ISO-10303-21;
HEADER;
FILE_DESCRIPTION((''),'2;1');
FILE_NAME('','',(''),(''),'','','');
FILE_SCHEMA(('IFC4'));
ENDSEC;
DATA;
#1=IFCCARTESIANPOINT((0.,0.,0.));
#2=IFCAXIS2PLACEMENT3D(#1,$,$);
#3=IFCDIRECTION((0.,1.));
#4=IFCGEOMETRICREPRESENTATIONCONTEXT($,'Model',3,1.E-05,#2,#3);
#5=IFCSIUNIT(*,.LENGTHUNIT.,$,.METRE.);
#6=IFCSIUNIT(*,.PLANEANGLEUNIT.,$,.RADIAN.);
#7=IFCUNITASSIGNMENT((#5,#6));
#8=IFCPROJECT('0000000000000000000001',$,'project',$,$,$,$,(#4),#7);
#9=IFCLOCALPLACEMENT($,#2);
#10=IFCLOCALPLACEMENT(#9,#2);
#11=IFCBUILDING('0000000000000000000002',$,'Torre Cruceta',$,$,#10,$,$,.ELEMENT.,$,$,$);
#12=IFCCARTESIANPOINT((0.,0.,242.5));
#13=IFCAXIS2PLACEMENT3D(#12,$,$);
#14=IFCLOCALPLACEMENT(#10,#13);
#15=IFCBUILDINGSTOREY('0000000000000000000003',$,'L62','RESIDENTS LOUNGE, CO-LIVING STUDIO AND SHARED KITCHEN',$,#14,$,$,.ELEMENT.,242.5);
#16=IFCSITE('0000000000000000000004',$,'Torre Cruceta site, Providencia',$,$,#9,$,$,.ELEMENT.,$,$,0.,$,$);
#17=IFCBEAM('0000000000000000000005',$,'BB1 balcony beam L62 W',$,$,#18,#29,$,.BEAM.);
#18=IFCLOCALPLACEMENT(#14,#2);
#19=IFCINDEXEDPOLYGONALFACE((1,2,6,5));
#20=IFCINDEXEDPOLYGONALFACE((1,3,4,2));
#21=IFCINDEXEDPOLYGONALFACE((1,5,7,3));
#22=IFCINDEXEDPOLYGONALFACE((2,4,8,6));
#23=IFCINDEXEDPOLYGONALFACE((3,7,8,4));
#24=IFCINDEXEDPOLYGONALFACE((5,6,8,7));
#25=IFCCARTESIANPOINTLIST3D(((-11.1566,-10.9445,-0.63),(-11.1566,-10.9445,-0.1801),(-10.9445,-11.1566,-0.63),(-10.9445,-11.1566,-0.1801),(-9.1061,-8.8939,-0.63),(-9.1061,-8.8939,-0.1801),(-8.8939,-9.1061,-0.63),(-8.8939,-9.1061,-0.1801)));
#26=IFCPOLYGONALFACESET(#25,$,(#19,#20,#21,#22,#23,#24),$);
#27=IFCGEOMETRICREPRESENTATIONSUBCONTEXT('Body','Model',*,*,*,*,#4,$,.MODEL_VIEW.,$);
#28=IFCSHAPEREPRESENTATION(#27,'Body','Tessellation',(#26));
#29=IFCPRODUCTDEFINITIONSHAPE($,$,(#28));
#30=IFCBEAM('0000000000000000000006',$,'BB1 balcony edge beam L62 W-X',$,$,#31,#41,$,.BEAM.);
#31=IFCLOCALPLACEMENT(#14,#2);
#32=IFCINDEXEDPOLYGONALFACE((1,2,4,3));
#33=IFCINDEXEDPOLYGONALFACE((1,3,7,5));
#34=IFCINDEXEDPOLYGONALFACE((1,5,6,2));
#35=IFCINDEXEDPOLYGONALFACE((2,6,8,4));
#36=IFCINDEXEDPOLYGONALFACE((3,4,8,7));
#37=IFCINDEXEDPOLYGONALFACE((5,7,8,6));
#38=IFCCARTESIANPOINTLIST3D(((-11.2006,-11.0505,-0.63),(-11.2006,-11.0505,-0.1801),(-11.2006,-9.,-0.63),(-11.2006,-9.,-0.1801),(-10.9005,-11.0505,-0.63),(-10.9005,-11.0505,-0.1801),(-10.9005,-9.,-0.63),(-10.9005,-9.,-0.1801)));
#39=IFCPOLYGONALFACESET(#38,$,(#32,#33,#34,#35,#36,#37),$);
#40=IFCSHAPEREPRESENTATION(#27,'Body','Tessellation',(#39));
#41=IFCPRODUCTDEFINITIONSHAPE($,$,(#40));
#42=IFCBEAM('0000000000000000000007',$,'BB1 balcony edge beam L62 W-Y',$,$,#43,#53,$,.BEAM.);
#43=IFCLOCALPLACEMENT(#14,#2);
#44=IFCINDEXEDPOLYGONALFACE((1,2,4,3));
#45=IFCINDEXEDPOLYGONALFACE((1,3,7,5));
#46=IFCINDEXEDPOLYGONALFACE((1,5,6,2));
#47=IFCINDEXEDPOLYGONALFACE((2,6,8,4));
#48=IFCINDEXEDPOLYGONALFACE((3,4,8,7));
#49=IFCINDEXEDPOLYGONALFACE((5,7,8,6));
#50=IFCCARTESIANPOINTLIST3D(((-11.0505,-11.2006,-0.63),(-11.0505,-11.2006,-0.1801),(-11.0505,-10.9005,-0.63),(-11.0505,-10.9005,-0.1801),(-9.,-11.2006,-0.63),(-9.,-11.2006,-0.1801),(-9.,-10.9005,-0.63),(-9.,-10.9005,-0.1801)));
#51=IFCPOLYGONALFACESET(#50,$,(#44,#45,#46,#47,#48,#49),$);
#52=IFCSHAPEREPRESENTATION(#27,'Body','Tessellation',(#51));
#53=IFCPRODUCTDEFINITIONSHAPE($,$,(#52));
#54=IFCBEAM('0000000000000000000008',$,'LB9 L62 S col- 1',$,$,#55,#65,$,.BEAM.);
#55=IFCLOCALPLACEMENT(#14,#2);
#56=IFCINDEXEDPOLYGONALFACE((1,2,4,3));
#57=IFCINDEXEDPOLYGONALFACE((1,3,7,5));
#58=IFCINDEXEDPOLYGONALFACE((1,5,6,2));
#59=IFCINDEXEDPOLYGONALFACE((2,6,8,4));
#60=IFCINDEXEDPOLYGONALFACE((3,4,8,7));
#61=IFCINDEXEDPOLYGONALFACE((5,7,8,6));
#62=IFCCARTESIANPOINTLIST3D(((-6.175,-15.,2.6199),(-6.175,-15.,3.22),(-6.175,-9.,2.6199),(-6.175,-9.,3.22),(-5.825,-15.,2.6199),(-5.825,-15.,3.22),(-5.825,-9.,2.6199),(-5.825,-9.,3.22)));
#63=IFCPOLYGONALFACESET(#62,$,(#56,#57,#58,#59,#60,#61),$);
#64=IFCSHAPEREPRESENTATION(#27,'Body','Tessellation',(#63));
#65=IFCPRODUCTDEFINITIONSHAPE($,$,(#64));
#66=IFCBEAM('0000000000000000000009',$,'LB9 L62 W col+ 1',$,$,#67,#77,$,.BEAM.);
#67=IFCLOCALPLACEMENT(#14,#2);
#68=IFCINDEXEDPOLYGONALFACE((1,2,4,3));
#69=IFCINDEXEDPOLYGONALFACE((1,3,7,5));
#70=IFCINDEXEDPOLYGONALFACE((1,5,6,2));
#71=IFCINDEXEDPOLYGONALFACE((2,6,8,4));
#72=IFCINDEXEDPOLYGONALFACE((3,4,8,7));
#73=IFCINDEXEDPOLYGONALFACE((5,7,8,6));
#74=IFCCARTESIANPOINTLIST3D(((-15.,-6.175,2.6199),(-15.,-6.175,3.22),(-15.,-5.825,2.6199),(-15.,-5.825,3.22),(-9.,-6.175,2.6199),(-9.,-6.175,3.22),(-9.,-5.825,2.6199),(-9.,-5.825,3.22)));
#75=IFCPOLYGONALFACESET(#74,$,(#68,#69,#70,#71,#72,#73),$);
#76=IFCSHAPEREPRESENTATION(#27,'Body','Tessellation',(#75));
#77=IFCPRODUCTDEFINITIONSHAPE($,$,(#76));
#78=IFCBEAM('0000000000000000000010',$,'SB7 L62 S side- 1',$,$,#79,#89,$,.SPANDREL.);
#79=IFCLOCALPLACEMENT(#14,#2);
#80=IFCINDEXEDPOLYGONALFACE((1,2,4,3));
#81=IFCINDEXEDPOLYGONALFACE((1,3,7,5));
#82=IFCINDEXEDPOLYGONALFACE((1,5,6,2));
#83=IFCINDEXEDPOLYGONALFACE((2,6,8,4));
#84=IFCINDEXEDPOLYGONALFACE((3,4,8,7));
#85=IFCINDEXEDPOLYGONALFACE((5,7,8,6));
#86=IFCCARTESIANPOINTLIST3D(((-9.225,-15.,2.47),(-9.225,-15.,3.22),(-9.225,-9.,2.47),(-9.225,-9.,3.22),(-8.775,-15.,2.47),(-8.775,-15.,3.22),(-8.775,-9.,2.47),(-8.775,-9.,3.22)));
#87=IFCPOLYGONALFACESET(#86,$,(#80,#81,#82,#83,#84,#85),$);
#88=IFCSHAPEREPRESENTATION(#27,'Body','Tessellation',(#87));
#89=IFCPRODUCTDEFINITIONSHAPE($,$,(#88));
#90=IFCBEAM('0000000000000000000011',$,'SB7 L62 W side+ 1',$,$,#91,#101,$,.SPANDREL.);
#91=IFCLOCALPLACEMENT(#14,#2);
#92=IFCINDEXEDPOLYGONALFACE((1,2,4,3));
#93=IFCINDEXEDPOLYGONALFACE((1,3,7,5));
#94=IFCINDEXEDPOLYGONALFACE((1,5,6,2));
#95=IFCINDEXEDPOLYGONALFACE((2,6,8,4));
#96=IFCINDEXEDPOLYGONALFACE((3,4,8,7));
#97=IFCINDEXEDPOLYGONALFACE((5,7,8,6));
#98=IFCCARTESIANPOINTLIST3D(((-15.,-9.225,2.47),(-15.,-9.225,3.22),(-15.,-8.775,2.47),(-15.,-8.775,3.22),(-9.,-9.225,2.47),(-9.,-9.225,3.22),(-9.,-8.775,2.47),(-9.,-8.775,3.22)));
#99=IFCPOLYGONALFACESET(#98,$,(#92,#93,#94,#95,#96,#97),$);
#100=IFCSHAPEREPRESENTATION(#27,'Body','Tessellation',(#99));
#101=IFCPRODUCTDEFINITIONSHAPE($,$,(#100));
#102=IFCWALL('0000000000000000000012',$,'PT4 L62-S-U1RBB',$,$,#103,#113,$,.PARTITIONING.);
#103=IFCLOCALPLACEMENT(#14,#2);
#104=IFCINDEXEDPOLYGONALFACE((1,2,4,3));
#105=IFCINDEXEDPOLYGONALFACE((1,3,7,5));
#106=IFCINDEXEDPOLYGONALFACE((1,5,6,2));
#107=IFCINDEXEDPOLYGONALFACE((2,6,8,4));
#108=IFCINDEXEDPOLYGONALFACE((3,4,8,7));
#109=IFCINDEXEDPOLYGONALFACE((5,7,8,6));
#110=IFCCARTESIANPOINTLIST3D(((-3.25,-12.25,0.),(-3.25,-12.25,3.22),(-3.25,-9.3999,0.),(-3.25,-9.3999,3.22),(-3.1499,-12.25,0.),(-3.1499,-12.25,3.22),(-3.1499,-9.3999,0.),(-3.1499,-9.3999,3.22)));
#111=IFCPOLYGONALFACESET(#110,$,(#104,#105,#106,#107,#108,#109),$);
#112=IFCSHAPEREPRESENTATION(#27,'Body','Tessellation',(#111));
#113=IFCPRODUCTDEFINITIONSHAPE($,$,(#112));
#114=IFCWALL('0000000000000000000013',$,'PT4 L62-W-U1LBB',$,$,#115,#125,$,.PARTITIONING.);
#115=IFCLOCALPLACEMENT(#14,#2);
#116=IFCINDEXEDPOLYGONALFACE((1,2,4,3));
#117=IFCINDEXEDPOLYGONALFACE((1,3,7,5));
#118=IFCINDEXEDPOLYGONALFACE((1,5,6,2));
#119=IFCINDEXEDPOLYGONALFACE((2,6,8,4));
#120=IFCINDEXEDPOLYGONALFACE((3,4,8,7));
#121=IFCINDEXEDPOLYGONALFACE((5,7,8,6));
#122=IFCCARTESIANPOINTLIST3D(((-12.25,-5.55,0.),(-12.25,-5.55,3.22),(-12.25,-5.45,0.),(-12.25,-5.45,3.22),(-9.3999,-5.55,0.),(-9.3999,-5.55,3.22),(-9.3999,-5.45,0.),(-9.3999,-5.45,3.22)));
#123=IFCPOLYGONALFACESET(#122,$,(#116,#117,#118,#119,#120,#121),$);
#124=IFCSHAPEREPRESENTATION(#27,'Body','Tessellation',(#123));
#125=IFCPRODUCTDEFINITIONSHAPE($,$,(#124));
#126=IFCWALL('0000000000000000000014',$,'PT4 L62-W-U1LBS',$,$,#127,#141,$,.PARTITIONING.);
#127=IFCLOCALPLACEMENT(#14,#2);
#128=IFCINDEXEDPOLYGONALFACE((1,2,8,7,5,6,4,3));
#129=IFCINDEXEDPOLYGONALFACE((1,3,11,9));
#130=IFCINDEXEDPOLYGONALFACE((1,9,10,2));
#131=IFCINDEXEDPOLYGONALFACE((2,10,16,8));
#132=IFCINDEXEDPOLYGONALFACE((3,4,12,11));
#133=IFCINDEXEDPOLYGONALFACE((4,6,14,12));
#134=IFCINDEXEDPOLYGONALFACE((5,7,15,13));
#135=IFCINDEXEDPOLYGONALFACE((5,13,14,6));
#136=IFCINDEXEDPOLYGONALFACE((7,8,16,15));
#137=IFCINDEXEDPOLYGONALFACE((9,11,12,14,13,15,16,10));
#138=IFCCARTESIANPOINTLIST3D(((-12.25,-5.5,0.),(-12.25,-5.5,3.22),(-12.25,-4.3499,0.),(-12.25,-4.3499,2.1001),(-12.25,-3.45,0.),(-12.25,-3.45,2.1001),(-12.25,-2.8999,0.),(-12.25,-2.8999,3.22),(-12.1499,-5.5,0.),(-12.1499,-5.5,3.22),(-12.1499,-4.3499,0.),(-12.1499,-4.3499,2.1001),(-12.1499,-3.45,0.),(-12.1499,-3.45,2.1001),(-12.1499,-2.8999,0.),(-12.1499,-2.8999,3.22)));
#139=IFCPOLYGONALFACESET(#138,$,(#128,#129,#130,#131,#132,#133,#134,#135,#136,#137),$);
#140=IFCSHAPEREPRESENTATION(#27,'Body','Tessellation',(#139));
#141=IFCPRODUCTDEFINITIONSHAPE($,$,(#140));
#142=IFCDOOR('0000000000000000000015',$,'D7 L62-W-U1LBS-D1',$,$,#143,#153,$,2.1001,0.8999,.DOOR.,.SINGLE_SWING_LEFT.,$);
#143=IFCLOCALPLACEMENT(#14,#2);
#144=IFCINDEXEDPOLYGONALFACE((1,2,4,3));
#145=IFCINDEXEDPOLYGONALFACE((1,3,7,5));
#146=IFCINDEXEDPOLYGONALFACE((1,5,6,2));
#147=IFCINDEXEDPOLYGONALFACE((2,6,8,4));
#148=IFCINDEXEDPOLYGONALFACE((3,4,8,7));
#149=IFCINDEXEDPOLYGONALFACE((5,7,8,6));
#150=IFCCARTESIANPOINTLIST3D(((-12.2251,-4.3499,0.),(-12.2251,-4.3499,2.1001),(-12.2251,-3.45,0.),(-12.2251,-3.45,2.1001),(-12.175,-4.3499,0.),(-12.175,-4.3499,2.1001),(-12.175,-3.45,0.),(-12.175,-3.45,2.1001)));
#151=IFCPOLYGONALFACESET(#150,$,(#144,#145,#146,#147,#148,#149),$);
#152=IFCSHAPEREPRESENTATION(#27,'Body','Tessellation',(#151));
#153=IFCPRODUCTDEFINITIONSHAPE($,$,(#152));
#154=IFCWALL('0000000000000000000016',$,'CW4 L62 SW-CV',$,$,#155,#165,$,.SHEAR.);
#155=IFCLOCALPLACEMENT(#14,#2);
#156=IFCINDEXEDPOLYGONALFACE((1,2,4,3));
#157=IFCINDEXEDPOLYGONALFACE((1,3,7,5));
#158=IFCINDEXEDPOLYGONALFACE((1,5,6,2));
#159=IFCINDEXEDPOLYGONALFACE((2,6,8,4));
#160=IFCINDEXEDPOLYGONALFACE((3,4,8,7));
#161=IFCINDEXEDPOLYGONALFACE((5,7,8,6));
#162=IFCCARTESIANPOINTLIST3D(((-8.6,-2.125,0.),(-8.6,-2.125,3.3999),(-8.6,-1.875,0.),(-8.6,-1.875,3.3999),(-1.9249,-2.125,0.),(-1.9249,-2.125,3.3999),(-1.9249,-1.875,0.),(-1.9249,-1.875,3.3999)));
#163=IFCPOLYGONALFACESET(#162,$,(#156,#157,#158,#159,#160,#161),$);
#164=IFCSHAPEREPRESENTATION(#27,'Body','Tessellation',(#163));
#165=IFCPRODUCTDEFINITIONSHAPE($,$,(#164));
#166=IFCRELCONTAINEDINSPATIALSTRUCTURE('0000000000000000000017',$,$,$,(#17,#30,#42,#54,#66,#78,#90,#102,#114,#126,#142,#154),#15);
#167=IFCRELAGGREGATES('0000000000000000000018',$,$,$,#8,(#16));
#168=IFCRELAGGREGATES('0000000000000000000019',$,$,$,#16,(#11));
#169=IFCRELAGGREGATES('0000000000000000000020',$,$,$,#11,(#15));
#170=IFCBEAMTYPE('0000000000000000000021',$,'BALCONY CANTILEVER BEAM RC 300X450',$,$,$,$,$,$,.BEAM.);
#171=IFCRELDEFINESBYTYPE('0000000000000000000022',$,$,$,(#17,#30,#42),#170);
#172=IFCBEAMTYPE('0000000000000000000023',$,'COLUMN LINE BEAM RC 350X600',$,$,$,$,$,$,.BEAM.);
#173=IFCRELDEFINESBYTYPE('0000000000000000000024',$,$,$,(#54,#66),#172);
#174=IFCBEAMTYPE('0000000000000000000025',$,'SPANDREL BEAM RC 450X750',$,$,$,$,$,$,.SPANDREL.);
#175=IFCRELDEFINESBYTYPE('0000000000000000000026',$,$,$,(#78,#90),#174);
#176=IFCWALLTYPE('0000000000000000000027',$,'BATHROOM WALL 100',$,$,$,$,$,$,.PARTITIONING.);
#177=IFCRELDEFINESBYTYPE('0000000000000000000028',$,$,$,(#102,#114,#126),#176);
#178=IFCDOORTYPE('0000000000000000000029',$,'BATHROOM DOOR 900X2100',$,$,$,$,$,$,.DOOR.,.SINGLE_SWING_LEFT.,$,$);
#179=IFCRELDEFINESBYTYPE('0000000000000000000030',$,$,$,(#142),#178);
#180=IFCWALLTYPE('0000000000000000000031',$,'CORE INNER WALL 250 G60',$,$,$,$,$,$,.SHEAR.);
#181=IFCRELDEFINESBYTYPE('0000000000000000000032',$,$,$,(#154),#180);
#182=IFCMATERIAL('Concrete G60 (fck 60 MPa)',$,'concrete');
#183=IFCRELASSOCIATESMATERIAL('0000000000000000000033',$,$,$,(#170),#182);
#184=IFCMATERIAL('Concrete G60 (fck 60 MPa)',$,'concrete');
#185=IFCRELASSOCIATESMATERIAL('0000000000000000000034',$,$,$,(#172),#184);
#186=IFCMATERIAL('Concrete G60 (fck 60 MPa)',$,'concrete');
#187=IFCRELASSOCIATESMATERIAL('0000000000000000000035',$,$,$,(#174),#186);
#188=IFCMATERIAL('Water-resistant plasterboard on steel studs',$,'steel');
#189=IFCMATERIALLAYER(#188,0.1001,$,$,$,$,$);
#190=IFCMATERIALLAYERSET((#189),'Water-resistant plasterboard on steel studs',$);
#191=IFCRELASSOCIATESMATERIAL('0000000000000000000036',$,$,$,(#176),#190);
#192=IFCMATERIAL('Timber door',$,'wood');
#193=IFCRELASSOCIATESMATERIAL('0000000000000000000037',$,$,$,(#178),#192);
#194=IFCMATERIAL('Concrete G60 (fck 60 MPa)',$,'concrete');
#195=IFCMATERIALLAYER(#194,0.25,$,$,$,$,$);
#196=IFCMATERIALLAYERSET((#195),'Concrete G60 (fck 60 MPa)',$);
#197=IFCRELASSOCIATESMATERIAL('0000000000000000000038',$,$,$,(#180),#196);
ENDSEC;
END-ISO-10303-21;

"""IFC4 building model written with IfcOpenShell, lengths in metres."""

from ifc_helpers import new_model, si_unit, direction, frame, frame_2d, origin, origin_2d, place, context, subcontext, project, spatial, rectangle, extrude, material, layer, layer_set, material_profile, profile_set, type_object, element, fill, save


model = new_model("IFC4")

# Units and contexts
model_context = context("Model", 3, precision=1e-05, world=origin(), true_north=direction((0.0, 1.0)))
body_context = subcontext(model_context, "Body", "Model", "MODEL_VIEW")
ifc_project = project(units=[si_unit("LENGTHUNIT", "METRE"), si_unit("PLANEANGLEUNIT", "RADIAN")], contexts=[model_context])

# Site, building, storey
site_placement = place(None, origin())
site = spatial("IfcSite", under=ifc_project, at=site_placement, Name="Torre Cruceta site, Providencia", CompositionType="ELEMENT", RefElevation=0.0)
building_placement = place(site_placement, origin())
building = spatial("IfcBuilding", under=site, at=building_placement, Name="Torre Cruceta", CompositionType="ELEMENT")
storey_placement = place(building_placement, frame((0.0, 0.0, 242.5)))
storey = spatial("IfcBuildingStorey", under=building, at=storey_placement, Name="L62", Description="RESIDENTS LOUNGE, CO-LIVING STUDIO AND SHARED KITCHEN", CompositionType="ELEMENT", Elevation=242.5)

# Beams
ifc_material_1 = material(Name="Concrete G60 (fck 60 MPa)", Category="concrete")
ifc_material_profile_1 = material_profile(ifc_material_1, rectangle(XDim=0.3, YDim=0.45, at=origin_2d()), Name="RC 300X450")
ifc_profile_set_1 = profile_set([ifc_material_profile_1], Name="Concrete G60 (fck 60 MPa)")
beam_type_1 = type_object("IfcBeamType", Name="BALCONY CANTILEVER BEAM RC 300X450", PredefinedType="BEAM", material=ifc_profile_set_1)
beam_placement = place(storey_placement, frame((-9.0, -9.0, -0.405), z_axis=(-0.707107, -0.707107, 0.0), x_axis=(0.707107, -0.707107, 0.0)))
element("IfcBeam", 1, at=beam_placement, inside=storey, type_object=beam_type_1, Name="BB1 balcony beam L62 W", PredefinedType="BEAM", context=body_context, shape_type="SweptSolid", body=[
    extrude(rectangle(XDim=0.3, YDim=0.45, at=origin_2d()), origin(), (0.0, 0.0, 1.0), 2.8999),
])
for number, where, z_axis, x_axis, name in (
    (2, (-11.0505, -9.0, -0.405), (0.0, -1.0, 0.0), (1.0, 0.0, 0.0), "BB1 balcony edge beam L62 W-X"),
    (3, (-9.0, -11.0505, -0.405), (-1.0, 0.0, 0.0), (0.0, -1.0, 0.0), "BB1 balcony edge beam L62 W-Y"),
):
    element("IfcBeam", number, at=place(storey_placement, frame(where, z_axis=z_axis, x_axis=x_axis)), inside=storey, type_object=beam_type_1, Name=name, PredefinedType="BEAM", context=body_context, shape_type="SweptSolid", body=[
        extrude(rectangle(XDim=0.3, YDim=0.45, at=origin_2d()), origin(), (0.0, 0.0, 1.0), 2.0505),
    ])
ifc_material_2 = material(Name="Concrete G60 (fck 60 MPa)", Category="concrete")
ifc_material_profile_2 = material_profile(ifc_material_2, rectangle(XDim=0.3501, YDim=0.6001, at=origin_2d()), Name="RC 350X600")
ifc_profile_set_2 = profile_set([ifc_material_profile_2], Name="Concrete G60 (fck 60 MPa)")
beam_type_2 = type_object("IfcBeamType", Name="COLUMN LINE BEAM RC 350X600", PredefinedType="BEAM", material=ifc_profile_set_2)
for number, where, z_axis, x_axis, name in (
    (4, (-6.0, -9.0, 2.9199), (0.0, -1.0, 0.0), (1.0, 0.0, 0.0), "LB9 L62 S col- 1"),
    (5, (-9.0, -6.0, 2.9199), (-1.0, 0.0, 0.0), (0.0, -1.0, 0.0), "LB9 L62 W col+ 1"),
):
    element("IfcBeam", number, at=place(storey_placement, frame(where, z_axis=z_axis, x_axis=x_axis)), inside=storey, type_object=beam_type_2, Name=name, PredefinedType="BEAM", context=body_context, shape_type="SweptSolid", body=[
        extrude(rectangle(XDim=0.3501, YDim=0.6001, at=origin_2d()), origin(), (0.0, 0.0, 1.0), 6.0),
    ])
ifc_material_3 = material(Name="Concrete G60 (fck 60 MPa)", Category="concrete")
ifc_material_profile_3 = material_profile(ifc_material_3, rectangle(XDim=0.45, YDim=0.75, at=origin_2d()), Name="RC 450X750")
ifc_profile_set_3 = profile_set([ifc_material_profile_3], Name="Concrete G60 (fck 60 MPa)")
beam_type_3 = type_object("IfcBeamType", Name="SPANDREL BEAM RC 450X750", PredefinedType="SPANDREL", material=ifc_profile_set_3)
for number, where, z_axis, x_axis, name in (
    (6, (-9.0, -9.0, 2.845), (0.0, -1.0, 0.0), (1.0, 0.0, 0.0), "SB7 L62 S side- 1"),
    (7, (-9.0, -9.0, 2.845), (-1.0, 0.0, 0.0), (0.0, -1.0, 0.0), "SB7 L62 W side+ 1"),
):
    element("IfcBeam", number, at=place(storey_placement, frame(where, z_axis=z_axis, x_axis=x_axis)), inside=storey, type_object=beam_type_3, Name=name, PredefinedType="SPANDREL", context=body_context, shape_type="SweptSolid", body=[
        extrude(rectangle(XDim=0.45, YDim=0.75, at=origin_2d()), origin(), (0.0, 0.0, 1.0), 6.0),
    ])

# Walls
ifc_material_4 = material(Name="Water-resistant plasterboard on steel studs", Category="steel")
ifc_layer_1 = layer(ifc_material_4, 0.1001)
ifc_layer_set_1 = layer_set([ifc_layer_1], Name="Water-resistant plasterboard on steel studs")
wall_type_1 = type_object("IfcWallType", Name="BATHROOM WALL 100", PredefinedType="PARTITIONING", material=ifc_layer_set_1)
for number, where, z_axis, x_axis, name in (
    (8, (-3.2, -9.3999, 0.0), (0.0, 0.0, 1.0), (0.0, -1.0, 0.0), "PT4 L62-S-U1RBB"),
    (9, (-9.3999, -5.5, 0.0), (0.0, 0.0, 1.0), (-1.0, 0.0, 0.0), "PT4 L62-W-U1LBB"),
):
    element("IfcWall", number, at=place(storey_placement, frame(where, z_axis=z_axis, x_axis=x_axis)), inside=storey, type_object=wall_type_1, Name=name, PredefinedType="PARTITIONING", context=body_context, shape_type="SweptSolid", body=[
        extrude(rectangle(XDim=2.8501, YDim=0.1001, at=frame_2d((1.425, 0.0))), origin(), (0.0, 0.0, 1.0), 3.22),
    ])

# Wall, opening, door
wall_1_placement = place(storey_placement, frame((-12.2, -2.8999, 0.0), z_axis=(0.0, 0.0, 1.0), x_axis=(0.0, -1.0, 0.0)))
wall_1 = element("IfcWall", 10, at=wall_1_placement, inside=storey, type_object=wall_type_1, Name="PT4 L62-W-U1LBS", PredefinedType="PARTITIONING", context=body_context, shape_type="SweptSolid", body=[
    extrude(rectangle(XDim=2.6001, YDim=0.1001, at=frame_2d((1.3, 0.0))), origin(), (0.0, 0.0, 1.0), 3.22),
])
opening_1_placement = place(wall_1_placement, frame((0.55, 0.0, 0.0)))
opening_1 = element("IfcOpeningElement", 11, at=opening_1_placement, cuts=wall_1, PredefinedType="OPENING", context=body_context, shape_type="SweptSolid", body=[
    extrude(rectangle(XDim=0.8999, YDim=2.1001, at=frame_2d((0.45, 1.05))), frame((0.0, 0.0601, 0.0), z_axis=(0.0, -1.0, 0.0), x_axis=(1.0, 0.0, 0.0)), (0.0, 0.0, 1.0), 0.1201),
])
ifc_material_5 = material(Name="Timber door", Category="wood")
door_type_1 = type_object("IfcDoorType", Name="BATHROOM DOOR 900X2100", OperationType="SINGLE_SWING_LEFT", PredefinedType="DOOR", material=ifc_material_5)
door_1_placement = place(opening_1_placement, origin())
door_1 = element("IfcDoor", 12, at=door_1_placement, inside=storey, type_object=door_type_1, Name="D7 L62-W-U1LBS-D1", OperationType="SINGLE_SWING_LEFT", OverallHeight=2.1001, OverallWidth=0.8999, PredefinedType="DOOR", context=body_context, shape_type="SweptSolid", body=[
    extrude(rectangle(XDim=0.8999, YDim=2.1001, at=frame_2d((0.45, 1.05))), frame((0.0, 0.0249, 0.0), z_axis=(0.0, -1.0, 0.0), x_axis=(1.0, 0.0, 0.0)), (0.0, 0.0, 1.0), 0.05),
])
fill(opening_1, door_1)

# Wall
ifc_material_6 = material(Name="Concrete G60 (fck 60 MPa)", Category="concrete")
ifc_layer_2 = layer(ifc_material_6, 0.25)
ifc_layer_set_2 = layer_set([ifc_layer_2], Name="Concrete G60 (fck 60 MPa)")
wall_type_2 = type_object("IfcWallType", Name="CORE INNER WALL 250 G60", PredefinedType="SHEAR", material=ifc_layer_set_2)
wall_2_placement = place(storey_placement, frame((-1.925, -2.0, 0.0), z_axis=(0.0, 0.0, 1.0), x_axis=(-1.0, 0.0, 0.0)))
element("IfcWall", 13, at=wall_2_placement, inside=storey, type_object=wall_type_2, Name="CW4 L62 SW-CV", PredefinedType="SHEAR", context=body_context, shape_type="SweptSolid", body=[
    extrude(rectangle(XDim=6.675, YDim=0.25, at=frame_2d((3.3374, 0.0))), origin(), (0.0, 0.0, 1.0), 3.3999),
])

save(model, "model.ifc")
